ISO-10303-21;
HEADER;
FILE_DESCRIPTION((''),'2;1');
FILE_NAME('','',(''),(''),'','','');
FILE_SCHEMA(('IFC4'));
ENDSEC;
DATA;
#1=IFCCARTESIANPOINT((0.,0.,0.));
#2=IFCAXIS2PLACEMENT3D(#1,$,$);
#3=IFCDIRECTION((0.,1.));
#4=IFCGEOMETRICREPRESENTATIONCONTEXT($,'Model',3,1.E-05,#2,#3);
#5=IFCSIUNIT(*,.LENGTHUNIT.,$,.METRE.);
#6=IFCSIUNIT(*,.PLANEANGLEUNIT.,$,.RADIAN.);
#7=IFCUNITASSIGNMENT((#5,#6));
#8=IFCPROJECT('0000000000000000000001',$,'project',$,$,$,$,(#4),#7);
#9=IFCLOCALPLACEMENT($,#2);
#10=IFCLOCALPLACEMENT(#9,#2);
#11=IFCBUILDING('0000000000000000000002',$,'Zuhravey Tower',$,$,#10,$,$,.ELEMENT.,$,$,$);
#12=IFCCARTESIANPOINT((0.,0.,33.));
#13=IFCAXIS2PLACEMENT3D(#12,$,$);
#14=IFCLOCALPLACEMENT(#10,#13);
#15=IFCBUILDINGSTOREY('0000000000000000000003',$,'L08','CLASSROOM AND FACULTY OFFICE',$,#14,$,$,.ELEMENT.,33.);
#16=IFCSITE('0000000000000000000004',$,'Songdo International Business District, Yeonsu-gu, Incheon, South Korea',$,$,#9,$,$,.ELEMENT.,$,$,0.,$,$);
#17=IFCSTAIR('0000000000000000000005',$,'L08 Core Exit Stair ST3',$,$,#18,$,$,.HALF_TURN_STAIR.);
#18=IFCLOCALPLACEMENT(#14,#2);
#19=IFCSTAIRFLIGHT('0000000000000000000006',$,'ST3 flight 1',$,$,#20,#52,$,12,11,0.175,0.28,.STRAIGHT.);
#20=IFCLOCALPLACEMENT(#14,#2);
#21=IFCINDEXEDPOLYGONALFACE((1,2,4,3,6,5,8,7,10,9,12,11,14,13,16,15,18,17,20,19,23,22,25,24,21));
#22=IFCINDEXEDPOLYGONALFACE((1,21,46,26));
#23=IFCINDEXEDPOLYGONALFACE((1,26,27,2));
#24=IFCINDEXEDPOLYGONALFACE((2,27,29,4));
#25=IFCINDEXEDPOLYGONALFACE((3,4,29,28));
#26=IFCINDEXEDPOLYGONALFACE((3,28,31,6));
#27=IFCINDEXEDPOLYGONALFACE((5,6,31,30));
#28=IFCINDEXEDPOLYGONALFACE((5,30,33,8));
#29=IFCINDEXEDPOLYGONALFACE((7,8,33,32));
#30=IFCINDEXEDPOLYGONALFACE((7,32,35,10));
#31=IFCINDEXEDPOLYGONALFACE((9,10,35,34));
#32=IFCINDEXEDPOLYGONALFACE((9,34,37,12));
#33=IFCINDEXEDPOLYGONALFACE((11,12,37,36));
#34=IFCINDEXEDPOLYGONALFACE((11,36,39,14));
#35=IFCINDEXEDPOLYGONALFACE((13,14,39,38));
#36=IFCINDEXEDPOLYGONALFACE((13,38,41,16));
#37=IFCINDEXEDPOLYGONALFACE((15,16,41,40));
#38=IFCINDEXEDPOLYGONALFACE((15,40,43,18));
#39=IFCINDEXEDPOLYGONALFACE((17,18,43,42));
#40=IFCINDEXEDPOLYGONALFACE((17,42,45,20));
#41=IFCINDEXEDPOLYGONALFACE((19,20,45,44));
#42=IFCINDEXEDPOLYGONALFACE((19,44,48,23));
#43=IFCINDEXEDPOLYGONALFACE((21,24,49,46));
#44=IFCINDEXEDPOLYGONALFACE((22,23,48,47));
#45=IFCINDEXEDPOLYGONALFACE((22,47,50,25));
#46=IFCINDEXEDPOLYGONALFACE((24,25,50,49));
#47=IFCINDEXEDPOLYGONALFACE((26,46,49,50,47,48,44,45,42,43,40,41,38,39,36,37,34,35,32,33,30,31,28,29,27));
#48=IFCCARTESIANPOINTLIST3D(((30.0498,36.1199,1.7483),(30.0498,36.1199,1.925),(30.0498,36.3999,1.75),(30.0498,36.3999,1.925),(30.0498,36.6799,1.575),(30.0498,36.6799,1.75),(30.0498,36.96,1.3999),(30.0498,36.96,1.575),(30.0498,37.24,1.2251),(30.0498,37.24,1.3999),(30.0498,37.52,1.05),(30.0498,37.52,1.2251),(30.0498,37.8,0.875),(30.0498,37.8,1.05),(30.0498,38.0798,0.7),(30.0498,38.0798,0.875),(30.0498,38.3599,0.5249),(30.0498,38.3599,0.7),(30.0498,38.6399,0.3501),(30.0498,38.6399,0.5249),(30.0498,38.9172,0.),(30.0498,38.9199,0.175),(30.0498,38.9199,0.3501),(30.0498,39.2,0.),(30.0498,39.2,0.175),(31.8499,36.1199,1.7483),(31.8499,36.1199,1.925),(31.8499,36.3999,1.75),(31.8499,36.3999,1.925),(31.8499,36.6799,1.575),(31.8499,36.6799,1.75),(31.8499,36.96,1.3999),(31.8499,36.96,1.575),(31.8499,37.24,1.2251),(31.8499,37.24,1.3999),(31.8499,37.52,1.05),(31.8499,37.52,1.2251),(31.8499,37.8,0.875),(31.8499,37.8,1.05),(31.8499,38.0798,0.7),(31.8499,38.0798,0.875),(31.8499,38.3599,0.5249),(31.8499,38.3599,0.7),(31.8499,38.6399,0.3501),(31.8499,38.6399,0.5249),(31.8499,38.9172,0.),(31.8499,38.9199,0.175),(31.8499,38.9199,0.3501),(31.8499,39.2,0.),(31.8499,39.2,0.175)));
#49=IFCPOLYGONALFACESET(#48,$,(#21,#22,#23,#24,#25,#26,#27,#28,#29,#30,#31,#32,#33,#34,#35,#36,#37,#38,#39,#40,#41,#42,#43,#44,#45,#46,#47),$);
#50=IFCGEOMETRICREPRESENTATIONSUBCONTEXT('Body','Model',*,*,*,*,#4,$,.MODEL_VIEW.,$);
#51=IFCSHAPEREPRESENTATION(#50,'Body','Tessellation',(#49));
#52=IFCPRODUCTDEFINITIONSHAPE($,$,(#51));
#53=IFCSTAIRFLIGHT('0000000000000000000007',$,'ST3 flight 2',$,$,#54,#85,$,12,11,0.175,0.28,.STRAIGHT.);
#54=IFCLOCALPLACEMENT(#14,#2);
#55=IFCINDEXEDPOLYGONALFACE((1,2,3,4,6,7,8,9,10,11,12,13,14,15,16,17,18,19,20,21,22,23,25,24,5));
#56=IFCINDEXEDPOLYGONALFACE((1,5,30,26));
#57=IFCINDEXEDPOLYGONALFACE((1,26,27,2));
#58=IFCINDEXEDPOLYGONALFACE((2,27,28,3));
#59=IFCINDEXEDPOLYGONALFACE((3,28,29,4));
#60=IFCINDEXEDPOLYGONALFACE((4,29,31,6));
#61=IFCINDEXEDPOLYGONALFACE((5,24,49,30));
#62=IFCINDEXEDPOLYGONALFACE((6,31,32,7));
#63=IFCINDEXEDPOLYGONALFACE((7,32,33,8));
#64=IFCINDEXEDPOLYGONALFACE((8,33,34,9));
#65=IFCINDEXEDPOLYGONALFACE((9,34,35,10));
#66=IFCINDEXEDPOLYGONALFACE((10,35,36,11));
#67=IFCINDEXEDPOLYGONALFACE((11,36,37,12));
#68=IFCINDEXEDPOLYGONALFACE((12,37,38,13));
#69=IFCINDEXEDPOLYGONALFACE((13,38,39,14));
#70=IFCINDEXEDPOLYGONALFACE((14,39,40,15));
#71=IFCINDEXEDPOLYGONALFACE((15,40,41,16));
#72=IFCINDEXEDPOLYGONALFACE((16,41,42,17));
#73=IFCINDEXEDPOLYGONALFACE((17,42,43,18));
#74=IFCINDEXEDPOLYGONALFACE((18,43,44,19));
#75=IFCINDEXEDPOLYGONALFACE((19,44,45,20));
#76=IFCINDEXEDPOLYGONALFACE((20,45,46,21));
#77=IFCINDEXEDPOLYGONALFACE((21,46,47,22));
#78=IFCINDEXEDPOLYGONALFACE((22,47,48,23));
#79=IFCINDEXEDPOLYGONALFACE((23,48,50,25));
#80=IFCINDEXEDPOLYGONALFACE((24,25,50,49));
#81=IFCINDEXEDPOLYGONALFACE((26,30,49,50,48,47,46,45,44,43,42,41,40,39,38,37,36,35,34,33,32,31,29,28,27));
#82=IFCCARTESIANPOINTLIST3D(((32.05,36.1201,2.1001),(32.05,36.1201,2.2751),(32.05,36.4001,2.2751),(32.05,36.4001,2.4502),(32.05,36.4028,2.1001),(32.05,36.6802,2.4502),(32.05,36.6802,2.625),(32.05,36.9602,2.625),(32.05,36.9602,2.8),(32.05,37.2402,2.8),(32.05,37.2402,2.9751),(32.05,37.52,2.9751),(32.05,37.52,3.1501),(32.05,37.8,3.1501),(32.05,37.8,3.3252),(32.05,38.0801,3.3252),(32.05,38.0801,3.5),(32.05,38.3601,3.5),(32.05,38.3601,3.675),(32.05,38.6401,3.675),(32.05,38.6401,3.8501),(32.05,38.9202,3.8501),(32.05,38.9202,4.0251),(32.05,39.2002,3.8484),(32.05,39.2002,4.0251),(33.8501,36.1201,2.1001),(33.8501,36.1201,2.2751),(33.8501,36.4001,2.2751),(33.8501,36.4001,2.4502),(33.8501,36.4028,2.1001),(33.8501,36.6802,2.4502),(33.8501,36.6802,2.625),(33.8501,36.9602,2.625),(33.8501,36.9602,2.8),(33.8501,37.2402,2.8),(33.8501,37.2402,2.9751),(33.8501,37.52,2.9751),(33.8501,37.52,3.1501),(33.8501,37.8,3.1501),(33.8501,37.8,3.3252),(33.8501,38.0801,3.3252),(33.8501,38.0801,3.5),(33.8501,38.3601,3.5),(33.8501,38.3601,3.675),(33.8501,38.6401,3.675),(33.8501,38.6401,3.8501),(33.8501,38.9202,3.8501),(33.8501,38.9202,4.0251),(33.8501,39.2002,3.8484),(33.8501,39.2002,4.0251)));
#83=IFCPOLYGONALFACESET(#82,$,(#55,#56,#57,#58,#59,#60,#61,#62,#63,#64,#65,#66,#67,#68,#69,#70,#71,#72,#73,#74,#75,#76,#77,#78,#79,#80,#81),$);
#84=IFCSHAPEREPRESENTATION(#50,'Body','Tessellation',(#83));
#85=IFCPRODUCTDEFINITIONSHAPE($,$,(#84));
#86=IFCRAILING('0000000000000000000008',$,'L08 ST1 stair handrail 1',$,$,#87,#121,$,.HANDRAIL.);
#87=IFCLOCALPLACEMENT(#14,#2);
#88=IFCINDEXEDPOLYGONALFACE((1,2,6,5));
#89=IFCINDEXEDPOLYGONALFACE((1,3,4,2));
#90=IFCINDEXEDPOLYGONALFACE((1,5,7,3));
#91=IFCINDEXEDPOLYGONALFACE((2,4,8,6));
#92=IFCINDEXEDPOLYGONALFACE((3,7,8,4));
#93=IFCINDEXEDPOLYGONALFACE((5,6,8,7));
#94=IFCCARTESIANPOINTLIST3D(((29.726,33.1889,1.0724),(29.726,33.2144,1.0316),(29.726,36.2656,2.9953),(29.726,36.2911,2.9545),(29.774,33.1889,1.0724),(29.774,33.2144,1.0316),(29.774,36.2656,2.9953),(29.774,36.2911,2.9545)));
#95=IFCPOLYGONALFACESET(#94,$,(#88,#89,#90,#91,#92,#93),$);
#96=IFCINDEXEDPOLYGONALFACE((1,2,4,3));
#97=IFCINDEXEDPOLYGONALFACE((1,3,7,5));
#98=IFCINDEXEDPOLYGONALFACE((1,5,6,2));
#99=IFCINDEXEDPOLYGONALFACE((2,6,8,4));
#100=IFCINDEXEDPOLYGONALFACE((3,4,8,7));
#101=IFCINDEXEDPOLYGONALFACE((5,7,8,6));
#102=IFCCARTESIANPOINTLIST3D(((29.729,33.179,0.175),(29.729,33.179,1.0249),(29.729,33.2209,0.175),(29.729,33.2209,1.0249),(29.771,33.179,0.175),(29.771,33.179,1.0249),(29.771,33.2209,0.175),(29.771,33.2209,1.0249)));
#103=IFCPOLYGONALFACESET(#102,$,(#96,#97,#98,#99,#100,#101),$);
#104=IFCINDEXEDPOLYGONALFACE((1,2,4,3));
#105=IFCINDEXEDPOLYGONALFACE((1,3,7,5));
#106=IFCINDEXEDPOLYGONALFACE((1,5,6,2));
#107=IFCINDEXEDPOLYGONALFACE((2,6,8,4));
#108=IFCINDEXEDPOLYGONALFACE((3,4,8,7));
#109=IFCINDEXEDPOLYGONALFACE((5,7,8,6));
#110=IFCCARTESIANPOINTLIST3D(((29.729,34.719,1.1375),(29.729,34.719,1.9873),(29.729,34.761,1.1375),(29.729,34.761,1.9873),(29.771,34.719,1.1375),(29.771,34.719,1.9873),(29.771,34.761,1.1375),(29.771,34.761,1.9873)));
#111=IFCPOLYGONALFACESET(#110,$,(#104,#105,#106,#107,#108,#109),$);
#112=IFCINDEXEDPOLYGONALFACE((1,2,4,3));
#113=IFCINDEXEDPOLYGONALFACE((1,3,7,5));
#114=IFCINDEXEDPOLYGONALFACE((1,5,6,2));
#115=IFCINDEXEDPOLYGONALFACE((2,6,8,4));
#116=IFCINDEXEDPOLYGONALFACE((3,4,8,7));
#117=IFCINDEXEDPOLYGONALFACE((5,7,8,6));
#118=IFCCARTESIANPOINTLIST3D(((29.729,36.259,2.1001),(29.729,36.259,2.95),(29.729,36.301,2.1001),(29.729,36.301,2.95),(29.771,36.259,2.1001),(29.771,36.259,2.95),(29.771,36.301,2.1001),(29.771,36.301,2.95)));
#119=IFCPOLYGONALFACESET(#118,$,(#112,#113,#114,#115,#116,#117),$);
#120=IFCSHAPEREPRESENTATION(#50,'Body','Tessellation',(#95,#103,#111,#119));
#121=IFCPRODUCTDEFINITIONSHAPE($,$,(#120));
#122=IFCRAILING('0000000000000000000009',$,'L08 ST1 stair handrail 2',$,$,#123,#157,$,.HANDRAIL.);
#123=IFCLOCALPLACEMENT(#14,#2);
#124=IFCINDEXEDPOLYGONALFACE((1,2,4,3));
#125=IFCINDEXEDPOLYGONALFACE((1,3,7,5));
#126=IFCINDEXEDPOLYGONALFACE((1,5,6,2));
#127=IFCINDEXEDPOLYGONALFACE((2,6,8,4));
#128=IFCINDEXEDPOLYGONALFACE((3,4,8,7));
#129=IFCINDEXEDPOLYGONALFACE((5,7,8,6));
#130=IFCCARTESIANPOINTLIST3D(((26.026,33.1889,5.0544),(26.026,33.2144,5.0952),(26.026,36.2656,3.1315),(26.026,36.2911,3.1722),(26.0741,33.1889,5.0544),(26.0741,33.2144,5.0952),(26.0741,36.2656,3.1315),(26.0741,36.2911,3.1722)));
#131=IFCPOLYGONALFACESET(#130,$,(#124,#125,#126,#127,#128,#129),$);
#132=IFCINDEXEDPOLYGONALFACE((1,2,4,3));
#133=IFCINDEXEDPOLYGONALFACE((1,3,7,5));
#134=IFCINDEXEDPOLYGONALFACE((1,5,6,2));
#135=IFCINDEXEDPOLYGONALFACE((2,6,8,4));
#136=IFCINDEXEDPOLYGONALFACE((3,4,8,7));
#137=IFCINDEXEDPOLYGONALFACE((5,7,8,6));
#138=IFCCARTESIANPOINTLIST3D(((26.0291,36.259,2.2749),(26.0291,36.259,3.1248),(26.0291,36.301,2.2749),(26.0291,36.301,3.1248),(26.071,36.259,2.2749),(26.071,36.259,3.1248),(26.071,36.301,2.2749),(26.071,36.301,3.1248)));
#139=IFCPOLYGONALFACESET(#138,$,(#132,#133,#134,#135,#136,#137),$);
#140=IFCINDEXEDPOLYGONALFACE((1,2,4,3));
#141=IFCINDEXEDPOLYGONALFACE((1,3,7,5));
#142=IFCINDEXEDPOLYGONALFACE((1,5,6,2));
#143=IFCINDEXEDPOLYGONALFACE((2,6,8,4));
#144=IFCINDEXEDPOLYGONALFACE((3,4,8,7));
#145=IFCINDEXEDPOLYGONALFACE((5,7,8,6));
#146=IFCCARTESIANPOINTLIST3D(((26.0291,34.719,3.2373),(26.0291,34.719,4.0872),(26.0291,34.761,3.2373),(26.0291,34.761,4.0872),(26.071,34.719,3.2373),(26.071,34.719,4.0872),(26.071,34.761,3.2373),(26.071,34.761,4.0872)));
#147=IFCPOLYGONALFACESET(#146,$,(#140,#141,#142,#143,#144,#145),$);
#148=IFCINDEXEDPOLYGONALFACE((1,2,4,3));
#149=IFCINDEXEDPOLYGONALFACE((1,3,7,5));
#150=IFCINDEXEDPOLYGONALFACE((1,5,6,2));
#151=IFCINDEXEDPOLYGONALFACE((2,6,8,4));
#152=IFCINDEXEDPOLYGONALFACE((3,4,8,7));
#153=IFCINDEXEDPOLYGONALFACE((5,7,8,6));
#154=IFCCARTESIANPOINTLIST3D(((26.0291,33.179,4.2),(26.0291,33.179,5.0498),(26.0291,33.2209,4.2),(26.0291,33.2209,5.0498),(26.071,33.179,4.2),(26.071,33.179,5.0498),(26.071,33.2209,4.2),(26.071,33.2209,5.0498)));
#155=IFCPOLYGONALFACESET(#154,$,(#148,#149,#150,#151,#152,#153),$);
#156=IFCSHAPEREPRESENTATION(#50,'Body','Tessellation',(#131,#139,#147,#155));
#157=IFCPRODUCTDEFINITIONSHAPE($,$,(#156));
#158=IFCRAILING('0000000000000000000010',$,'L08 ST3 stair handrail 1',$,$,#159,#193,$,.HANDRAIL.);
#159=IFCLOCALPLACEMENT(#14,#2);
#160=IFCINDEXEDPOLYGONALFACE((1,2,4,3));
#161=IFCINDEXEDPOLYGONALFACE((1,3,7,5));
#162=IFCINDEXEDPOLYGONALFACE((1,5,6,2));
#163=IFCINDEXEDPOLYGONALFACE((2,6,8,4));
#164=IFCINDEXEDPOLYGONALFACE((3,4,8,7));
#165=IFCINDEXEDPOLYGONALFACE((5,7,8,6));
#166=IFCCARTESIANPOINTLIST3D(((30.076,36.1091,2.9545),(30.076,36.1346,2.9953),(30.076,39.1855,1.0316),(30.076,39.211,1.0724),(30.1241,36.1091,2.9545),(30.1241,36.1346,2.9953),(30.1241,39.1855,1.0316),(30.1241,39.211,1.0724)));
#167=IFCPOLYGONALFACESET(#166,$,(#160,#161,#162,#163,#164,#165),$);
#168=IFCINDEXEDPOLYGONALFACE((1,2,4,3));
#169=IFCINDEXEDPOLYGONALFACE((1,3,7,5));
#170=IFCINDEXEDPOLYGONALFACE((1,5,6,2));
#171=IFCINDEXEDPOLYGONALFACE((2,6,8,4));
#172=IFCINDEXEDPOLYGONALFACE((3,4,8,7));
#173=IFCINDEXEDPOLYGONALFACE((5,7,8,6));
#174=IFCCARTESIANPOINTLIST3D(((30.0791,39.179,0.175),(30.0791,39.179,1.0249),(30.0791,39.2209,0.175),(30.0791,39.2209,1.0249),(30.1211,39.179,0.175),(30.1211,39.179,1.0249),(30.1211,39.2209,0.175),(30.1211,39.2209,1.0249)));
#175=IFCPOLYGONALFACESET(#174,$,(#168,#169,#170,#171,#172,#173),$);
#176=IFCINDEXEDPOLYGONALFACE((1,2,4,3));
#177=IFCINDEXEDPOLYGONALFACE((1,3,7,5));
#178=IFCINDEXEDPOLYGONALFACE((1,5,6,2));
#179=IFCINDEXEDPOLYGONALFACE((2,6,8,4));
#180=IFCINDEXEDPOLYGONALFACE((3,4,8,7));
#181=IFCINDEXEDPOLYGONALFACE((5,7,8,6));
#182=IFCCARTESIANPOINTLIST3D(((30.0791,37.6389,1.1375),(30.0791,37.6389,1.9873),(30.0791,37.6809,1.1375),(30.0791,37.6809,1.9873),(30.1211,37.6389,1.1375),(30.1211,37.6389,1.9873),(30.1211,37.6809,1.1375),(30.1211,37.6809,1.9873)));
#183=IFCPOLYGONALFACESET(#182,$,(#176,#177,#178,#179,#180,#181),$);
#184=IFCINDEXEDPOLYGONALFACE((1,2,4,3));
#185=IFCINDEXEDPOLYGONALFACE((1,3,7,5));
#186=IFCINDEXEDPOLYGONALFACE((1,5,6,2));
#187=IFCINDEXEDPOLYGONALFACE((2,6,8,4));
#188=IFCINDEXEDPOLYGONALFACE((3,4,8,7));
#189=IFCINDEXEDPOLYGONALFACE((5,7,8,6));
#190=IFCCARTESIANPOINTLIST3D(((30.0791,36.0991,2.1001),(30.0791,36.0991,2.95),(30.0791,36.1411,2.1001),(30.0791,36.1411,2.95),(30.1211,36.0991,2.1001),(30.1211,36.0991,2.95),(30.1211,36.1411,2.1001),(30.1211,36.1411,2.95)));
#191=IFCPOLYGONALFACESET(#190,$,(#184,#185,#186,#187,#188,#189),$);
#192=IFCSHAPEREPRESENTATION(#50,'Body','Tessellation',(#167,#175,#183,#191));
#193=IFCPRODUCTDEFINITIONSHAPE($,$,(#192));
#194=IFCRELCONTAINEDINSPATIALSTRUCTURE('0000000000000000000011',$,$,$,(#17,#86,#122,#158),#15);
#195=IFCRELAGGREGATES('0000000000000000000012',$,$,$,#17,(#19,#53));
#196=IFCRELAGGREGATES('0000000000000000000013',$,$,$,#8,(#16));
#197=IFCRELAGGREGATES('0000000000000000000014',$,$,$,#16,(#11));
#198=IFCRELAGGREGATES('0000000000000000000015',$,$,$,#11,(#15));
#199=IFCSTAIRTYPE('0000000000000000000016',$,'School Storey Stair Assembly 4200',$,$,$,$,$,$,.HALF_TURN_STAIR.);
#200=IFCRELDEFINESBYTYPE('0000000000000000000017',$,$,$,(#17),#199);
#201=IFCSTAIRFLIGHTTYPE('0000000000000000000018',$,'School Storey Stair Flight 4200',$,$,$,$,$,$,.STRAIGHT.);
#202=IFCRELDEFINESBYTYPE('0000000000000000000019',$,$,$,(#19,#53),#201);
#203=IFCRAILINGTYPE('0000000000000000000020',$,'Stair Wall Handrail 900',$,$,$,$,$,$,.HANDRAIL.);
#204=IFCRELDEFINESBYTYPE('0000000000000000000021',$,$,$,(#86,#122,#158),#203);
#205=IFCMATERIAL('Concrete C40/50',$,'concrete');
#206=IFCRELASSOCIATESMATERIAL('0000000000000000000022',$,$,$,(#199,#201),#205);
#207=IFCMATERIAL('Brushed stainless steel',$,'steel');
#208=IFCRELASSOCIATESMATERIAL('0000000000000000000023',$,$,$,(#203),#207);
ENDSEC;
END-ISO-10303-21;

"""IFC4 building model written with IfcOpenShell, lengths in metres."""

from ifc_helpers import new_model, si_unit, direction, frame, origin, origin_2d, place, context, subcontext, project, spatial, polyline, rectangle, outline, extrude, material, type_object, element, aggregate, save


model = new_model("IFC4")

# Units and contexts
model_context = context("Model", 3, precision=1e-05, world=origin(), true_north=direction((0.0, 1.0)))
body_context = subcontext(model_context, "Body", "Model", "MODEL_VIEW")
ifc_project = project(units=[si_unit("LENGTHUNIT", "METRE"), si_unit("PLANEANGLEUNIT", "RADIAN")], contexts=[model_context])

# Site, building, storey
site_placement = place(None, origin())
site = spatial("IfcSite", under=ifc_project, at=site_placement, Name="Songdo International Business District, Yeonsu-gu, Incheon, South Korea", CompositionType="ELEMENT", RefElevation=0.0)
building_placement = place(site_placement, origin())
building = spatial("IfcBuilding", under=site, at=building_placement, Name="Zuhravey Tower", CompositionType="ELEMENT")
storey_placement = place(building_placement, frame((0.0, 0.0, 33.0)))
storey = spatial("IfcBuildingStorey", under=building, at=storey_placement, Name="L08", Description="CLASSROOM AND FACULTY OFFICE", CompositionType="ELEMENT", Elevation=33.0)

# Stair, stair flights
ifc_material_1 = material(Name="Concrete C40/50", Category="concrete")
stair_type = type_object("IfcStairType", Name="School Storey Stair Assembly 4200", PredefinedType="HALF_TURN_STAIR", material=ifc_material_1)
stair_flight_type = type_object("IfcStairFlightType", Name="School Storey Stair Flight 4200", PredefinedType="STRAIGHT", material=ifc_material_1)
stair_1_placement = place(storey_placement, origin())
stair_1 = element("IfcStair", 1, at=stair_1_placement, inside=storey, type_object=stair_type, Name="L08 Core Exit Stair ST3", PredefinedType="HALF_TURN_STAIR")
stair_flight_1_placement = place(storey_placement, frame((30.95, 39.2, 0.0), z_axis=(0.0, 0.0, 1.0), x_axis=(0.0, -1.0, 0.0)))
stair_flight_1 = element("IfcStairFlight", 2, at=stair_flight_1_placement, type_object=stair_flight_type, Name="ST3 flight 1", NumberOfRisers=12, NumberOfTreads=11, PredefinedType="STRAIGHT", RiserHeight=0.175, TreadLength=0.28, context=body_context, shape_type="SweptSolid", body=[
    extrude(outline(polyline([(0.0, 0.0), (0.0, 0.175), (0.28, 0.175), (0.28, 0.3501), (0.5601, 0.3501), (0.5601, 0.5249), (0.8401, 0.5249), (0.8401, 0.7), (1.1201, 0.7), (1.1201, 0.875), (1.3999, 0.875), (1.3999, 1.05), (1.6799, 1.05), (1.6799, 1.2251), (1.96, 1.2251), (1.96, 1.3999), (2.24, 1.3999), (2.24, 1.575), (2.52, 1.575), (2.52, 1.75), (2.8, 1.75), (2.8, 1.925), (3.0801, 1.925), (3.0801, 2.1001), (3.0801, 1.7483), (0.2827, 0.0), (0.0, 0.0)])), frame((0.0, 0.8999, 0.0), z_axis=(0.0, -1.0, 0.0), x_axis=(1.0, 0.0, 0.0)), (0.0, 0.0, 1.0), 1.8),
])
stair_flight_2_placement = place(storey_placement, frame((32.95, 36.1201, 2.1001), z_axis=(0.0, 0.0, 1.0), x_axis=(0.0, 1.0, 0.0)))
stair_flight_2 = element("IfcStairFlight", 3, at=stair_flight_2_placement, type_object=stair_flight_type, Name="ST3 flight 2", NumberOfRisers=12, NumberOfTreads=11, PredefinedType="STRAIGHT", RiserHeight=0.175, TreadLength=0.28, context=body_context, shape_type="SweptSolid", body=[
    extrude(outline(polyline([(0.0, 0.0), (0.0, 0.175), (0.28, 0.175), (0.28, 0.3501), (0.5601, 0.3501), (0.5601, 0.5249), (0.8401, 0.5249), (0.8401, 0.7), (1.1201, 0.7), (1.1201, 0.875), (1.3999, 0.875), (1.3999, 1.05), (1.6799, 1.05), (1.6799, 1.2251), (1.96, 1.2251), (1.96, 1.3999), (2.24, 1.3999), (2.24, 1.575), (2.52, 1.575), (2.52, 1.75), (2.8, 1.75), (2.8, 1.925), (3.0801, 1.925), (3.0801, 2.1001), (3.0801, 1.7483), (0.2827, 0.0), (0.0, 0.0)])), frame((0.0, 0.8999, 0.0), z_axis=(0.0, -1.0, 0.0), x_axis=(1.0, 0.0, 0.0)), (0.0, 0.0, 1.0), 1.8),
])
aggregate(stair_1, [stair_flight_1, stair_flight_2])

# Railings
ifc_material_2 = material(Name="Brushed stainless steel", Category="steel")
railing_type_1 = type_object("IfcRailingType", Name="Stair Wall Handrail 900", PredefinedType="HANDRAIL", material=ifc_material_2)
railing_1_placement = place(storey_placement, frame((29.75, 33.2, 0.175)))
element("IfcRailing", 4, at=railing_1_placement, inside=storey, type_object=railing_type_1, Name="L08 ST1 stair handrail 1", PredefinedType="HANDRAIL", context=body_context, shape_type="SweptSolid", body=[
    extrude(rectangle(XDim=0.0481, YDim=0.0481, at=origin_2d()), frame((0.0, 0.0017, 0.877), z_axis=(0.0, 0.847998, 0.529999), x_axis=(-1.0, 0.0, 0.0)), (0.0, 0.0, 1.0), 3.6282),
    extrude(rectangle(XDim=0.042, YDim=0.042, at=origin_2d()), origin(), (0.0, 0.0, 1.0), 0.8499),
    extrude(rectangle(XDim=0.042, YDim=0.042, at=origin_2d()), frame((0.0, 1.54, 0.9624)), (0.0, 0.0, 1.0), 0.8499),
    extrude(rectangle(XDim=0.042, YDim=0.042, at=origin_2d()), frame((0.0, 3.0801, 1.925)), (0.0, 0.0, 1.0), 0.8499),
])
railing_2_placement = place(storey_placement, frame((26.05, 36.28, 2.2749)))
element("IfcRailing", 5, at=railing_2_placement, inside=storey, type_object=railing_type_1, Name="L08 ST1 stair handrail 2", PredefinedType="HANDRAIL", context=body_context, shape_type="SweptSolid", body=[
    extrude(rectangle(XDim=0.0481, YDim=0.0481, at=origin_2d()), frame((0.0, -0.0017, 0.877), z_axis=(0.0, -0.847998, 0.529999), x_axis=(1.0, 0.0, 0.0)), (0.0, 0.0, 1.0), 3.6282),
    extrude(rectangle(XDim=0.042, YDim=0.042, at=origin_2d()), origin(), (0.0, 0.0, 1.0), 0.8499),
    extrude(rectangle(XDim=0.042, YDim=0.042, at=origin_2d()), frame((0.0, -1.54, 0.9624)), (0.0, 0.0, 1.0), 0.8499),
    extrude(rectangle(XDim=0.042, YDim=0.042, at=origin_2d()), frame((0.0, -3.0801, 1.925)), (0.0, 0.0, 1.0), 0.8499),
])
railing_3_placement = place(storey_placement, frame((30.1001, 39.2, 0.175)))
element("IfcRailing", 6, at=railing_3_placement, inside=storey, type_object=railing_type_1, Name="L08 ST3 stair handrail 1", PredefinedType="HANDRAIL", context=body_context, shape_type="SweptSolid", body=[
    extrude(rectangle(XDim=0.0481, YDim=0.0481, at=origin_2d()), frame((0.0, -0.0017, 0.877), z_axis=(0.0, -0.847979, 0.530029), x_axis=(1.0, 0.0, 0.0)), (0.0, 0.0, 1.0), 3.6279),
    extrude(rectangle(XDim=0.042, YDim=0.042, at=origin_2d()), origin(), (0.0, 0.0, 1.0), 0.8499),
    extrude(rectangle(XDim=0.042, YDim=0.042, at=origin_2d()), frame((0.0, -1.54, 0.9624)), (0.0, 0.0, 1.0), 0.8499),
    extrude(rectangle(XDim=0.042, YDim=0.042, at=origin_2d()), frame((0.0, -3.0798, 1.925)), (0.0, 0.0, 1.0), 0.8499),
])

save(model, "model.ifc")
